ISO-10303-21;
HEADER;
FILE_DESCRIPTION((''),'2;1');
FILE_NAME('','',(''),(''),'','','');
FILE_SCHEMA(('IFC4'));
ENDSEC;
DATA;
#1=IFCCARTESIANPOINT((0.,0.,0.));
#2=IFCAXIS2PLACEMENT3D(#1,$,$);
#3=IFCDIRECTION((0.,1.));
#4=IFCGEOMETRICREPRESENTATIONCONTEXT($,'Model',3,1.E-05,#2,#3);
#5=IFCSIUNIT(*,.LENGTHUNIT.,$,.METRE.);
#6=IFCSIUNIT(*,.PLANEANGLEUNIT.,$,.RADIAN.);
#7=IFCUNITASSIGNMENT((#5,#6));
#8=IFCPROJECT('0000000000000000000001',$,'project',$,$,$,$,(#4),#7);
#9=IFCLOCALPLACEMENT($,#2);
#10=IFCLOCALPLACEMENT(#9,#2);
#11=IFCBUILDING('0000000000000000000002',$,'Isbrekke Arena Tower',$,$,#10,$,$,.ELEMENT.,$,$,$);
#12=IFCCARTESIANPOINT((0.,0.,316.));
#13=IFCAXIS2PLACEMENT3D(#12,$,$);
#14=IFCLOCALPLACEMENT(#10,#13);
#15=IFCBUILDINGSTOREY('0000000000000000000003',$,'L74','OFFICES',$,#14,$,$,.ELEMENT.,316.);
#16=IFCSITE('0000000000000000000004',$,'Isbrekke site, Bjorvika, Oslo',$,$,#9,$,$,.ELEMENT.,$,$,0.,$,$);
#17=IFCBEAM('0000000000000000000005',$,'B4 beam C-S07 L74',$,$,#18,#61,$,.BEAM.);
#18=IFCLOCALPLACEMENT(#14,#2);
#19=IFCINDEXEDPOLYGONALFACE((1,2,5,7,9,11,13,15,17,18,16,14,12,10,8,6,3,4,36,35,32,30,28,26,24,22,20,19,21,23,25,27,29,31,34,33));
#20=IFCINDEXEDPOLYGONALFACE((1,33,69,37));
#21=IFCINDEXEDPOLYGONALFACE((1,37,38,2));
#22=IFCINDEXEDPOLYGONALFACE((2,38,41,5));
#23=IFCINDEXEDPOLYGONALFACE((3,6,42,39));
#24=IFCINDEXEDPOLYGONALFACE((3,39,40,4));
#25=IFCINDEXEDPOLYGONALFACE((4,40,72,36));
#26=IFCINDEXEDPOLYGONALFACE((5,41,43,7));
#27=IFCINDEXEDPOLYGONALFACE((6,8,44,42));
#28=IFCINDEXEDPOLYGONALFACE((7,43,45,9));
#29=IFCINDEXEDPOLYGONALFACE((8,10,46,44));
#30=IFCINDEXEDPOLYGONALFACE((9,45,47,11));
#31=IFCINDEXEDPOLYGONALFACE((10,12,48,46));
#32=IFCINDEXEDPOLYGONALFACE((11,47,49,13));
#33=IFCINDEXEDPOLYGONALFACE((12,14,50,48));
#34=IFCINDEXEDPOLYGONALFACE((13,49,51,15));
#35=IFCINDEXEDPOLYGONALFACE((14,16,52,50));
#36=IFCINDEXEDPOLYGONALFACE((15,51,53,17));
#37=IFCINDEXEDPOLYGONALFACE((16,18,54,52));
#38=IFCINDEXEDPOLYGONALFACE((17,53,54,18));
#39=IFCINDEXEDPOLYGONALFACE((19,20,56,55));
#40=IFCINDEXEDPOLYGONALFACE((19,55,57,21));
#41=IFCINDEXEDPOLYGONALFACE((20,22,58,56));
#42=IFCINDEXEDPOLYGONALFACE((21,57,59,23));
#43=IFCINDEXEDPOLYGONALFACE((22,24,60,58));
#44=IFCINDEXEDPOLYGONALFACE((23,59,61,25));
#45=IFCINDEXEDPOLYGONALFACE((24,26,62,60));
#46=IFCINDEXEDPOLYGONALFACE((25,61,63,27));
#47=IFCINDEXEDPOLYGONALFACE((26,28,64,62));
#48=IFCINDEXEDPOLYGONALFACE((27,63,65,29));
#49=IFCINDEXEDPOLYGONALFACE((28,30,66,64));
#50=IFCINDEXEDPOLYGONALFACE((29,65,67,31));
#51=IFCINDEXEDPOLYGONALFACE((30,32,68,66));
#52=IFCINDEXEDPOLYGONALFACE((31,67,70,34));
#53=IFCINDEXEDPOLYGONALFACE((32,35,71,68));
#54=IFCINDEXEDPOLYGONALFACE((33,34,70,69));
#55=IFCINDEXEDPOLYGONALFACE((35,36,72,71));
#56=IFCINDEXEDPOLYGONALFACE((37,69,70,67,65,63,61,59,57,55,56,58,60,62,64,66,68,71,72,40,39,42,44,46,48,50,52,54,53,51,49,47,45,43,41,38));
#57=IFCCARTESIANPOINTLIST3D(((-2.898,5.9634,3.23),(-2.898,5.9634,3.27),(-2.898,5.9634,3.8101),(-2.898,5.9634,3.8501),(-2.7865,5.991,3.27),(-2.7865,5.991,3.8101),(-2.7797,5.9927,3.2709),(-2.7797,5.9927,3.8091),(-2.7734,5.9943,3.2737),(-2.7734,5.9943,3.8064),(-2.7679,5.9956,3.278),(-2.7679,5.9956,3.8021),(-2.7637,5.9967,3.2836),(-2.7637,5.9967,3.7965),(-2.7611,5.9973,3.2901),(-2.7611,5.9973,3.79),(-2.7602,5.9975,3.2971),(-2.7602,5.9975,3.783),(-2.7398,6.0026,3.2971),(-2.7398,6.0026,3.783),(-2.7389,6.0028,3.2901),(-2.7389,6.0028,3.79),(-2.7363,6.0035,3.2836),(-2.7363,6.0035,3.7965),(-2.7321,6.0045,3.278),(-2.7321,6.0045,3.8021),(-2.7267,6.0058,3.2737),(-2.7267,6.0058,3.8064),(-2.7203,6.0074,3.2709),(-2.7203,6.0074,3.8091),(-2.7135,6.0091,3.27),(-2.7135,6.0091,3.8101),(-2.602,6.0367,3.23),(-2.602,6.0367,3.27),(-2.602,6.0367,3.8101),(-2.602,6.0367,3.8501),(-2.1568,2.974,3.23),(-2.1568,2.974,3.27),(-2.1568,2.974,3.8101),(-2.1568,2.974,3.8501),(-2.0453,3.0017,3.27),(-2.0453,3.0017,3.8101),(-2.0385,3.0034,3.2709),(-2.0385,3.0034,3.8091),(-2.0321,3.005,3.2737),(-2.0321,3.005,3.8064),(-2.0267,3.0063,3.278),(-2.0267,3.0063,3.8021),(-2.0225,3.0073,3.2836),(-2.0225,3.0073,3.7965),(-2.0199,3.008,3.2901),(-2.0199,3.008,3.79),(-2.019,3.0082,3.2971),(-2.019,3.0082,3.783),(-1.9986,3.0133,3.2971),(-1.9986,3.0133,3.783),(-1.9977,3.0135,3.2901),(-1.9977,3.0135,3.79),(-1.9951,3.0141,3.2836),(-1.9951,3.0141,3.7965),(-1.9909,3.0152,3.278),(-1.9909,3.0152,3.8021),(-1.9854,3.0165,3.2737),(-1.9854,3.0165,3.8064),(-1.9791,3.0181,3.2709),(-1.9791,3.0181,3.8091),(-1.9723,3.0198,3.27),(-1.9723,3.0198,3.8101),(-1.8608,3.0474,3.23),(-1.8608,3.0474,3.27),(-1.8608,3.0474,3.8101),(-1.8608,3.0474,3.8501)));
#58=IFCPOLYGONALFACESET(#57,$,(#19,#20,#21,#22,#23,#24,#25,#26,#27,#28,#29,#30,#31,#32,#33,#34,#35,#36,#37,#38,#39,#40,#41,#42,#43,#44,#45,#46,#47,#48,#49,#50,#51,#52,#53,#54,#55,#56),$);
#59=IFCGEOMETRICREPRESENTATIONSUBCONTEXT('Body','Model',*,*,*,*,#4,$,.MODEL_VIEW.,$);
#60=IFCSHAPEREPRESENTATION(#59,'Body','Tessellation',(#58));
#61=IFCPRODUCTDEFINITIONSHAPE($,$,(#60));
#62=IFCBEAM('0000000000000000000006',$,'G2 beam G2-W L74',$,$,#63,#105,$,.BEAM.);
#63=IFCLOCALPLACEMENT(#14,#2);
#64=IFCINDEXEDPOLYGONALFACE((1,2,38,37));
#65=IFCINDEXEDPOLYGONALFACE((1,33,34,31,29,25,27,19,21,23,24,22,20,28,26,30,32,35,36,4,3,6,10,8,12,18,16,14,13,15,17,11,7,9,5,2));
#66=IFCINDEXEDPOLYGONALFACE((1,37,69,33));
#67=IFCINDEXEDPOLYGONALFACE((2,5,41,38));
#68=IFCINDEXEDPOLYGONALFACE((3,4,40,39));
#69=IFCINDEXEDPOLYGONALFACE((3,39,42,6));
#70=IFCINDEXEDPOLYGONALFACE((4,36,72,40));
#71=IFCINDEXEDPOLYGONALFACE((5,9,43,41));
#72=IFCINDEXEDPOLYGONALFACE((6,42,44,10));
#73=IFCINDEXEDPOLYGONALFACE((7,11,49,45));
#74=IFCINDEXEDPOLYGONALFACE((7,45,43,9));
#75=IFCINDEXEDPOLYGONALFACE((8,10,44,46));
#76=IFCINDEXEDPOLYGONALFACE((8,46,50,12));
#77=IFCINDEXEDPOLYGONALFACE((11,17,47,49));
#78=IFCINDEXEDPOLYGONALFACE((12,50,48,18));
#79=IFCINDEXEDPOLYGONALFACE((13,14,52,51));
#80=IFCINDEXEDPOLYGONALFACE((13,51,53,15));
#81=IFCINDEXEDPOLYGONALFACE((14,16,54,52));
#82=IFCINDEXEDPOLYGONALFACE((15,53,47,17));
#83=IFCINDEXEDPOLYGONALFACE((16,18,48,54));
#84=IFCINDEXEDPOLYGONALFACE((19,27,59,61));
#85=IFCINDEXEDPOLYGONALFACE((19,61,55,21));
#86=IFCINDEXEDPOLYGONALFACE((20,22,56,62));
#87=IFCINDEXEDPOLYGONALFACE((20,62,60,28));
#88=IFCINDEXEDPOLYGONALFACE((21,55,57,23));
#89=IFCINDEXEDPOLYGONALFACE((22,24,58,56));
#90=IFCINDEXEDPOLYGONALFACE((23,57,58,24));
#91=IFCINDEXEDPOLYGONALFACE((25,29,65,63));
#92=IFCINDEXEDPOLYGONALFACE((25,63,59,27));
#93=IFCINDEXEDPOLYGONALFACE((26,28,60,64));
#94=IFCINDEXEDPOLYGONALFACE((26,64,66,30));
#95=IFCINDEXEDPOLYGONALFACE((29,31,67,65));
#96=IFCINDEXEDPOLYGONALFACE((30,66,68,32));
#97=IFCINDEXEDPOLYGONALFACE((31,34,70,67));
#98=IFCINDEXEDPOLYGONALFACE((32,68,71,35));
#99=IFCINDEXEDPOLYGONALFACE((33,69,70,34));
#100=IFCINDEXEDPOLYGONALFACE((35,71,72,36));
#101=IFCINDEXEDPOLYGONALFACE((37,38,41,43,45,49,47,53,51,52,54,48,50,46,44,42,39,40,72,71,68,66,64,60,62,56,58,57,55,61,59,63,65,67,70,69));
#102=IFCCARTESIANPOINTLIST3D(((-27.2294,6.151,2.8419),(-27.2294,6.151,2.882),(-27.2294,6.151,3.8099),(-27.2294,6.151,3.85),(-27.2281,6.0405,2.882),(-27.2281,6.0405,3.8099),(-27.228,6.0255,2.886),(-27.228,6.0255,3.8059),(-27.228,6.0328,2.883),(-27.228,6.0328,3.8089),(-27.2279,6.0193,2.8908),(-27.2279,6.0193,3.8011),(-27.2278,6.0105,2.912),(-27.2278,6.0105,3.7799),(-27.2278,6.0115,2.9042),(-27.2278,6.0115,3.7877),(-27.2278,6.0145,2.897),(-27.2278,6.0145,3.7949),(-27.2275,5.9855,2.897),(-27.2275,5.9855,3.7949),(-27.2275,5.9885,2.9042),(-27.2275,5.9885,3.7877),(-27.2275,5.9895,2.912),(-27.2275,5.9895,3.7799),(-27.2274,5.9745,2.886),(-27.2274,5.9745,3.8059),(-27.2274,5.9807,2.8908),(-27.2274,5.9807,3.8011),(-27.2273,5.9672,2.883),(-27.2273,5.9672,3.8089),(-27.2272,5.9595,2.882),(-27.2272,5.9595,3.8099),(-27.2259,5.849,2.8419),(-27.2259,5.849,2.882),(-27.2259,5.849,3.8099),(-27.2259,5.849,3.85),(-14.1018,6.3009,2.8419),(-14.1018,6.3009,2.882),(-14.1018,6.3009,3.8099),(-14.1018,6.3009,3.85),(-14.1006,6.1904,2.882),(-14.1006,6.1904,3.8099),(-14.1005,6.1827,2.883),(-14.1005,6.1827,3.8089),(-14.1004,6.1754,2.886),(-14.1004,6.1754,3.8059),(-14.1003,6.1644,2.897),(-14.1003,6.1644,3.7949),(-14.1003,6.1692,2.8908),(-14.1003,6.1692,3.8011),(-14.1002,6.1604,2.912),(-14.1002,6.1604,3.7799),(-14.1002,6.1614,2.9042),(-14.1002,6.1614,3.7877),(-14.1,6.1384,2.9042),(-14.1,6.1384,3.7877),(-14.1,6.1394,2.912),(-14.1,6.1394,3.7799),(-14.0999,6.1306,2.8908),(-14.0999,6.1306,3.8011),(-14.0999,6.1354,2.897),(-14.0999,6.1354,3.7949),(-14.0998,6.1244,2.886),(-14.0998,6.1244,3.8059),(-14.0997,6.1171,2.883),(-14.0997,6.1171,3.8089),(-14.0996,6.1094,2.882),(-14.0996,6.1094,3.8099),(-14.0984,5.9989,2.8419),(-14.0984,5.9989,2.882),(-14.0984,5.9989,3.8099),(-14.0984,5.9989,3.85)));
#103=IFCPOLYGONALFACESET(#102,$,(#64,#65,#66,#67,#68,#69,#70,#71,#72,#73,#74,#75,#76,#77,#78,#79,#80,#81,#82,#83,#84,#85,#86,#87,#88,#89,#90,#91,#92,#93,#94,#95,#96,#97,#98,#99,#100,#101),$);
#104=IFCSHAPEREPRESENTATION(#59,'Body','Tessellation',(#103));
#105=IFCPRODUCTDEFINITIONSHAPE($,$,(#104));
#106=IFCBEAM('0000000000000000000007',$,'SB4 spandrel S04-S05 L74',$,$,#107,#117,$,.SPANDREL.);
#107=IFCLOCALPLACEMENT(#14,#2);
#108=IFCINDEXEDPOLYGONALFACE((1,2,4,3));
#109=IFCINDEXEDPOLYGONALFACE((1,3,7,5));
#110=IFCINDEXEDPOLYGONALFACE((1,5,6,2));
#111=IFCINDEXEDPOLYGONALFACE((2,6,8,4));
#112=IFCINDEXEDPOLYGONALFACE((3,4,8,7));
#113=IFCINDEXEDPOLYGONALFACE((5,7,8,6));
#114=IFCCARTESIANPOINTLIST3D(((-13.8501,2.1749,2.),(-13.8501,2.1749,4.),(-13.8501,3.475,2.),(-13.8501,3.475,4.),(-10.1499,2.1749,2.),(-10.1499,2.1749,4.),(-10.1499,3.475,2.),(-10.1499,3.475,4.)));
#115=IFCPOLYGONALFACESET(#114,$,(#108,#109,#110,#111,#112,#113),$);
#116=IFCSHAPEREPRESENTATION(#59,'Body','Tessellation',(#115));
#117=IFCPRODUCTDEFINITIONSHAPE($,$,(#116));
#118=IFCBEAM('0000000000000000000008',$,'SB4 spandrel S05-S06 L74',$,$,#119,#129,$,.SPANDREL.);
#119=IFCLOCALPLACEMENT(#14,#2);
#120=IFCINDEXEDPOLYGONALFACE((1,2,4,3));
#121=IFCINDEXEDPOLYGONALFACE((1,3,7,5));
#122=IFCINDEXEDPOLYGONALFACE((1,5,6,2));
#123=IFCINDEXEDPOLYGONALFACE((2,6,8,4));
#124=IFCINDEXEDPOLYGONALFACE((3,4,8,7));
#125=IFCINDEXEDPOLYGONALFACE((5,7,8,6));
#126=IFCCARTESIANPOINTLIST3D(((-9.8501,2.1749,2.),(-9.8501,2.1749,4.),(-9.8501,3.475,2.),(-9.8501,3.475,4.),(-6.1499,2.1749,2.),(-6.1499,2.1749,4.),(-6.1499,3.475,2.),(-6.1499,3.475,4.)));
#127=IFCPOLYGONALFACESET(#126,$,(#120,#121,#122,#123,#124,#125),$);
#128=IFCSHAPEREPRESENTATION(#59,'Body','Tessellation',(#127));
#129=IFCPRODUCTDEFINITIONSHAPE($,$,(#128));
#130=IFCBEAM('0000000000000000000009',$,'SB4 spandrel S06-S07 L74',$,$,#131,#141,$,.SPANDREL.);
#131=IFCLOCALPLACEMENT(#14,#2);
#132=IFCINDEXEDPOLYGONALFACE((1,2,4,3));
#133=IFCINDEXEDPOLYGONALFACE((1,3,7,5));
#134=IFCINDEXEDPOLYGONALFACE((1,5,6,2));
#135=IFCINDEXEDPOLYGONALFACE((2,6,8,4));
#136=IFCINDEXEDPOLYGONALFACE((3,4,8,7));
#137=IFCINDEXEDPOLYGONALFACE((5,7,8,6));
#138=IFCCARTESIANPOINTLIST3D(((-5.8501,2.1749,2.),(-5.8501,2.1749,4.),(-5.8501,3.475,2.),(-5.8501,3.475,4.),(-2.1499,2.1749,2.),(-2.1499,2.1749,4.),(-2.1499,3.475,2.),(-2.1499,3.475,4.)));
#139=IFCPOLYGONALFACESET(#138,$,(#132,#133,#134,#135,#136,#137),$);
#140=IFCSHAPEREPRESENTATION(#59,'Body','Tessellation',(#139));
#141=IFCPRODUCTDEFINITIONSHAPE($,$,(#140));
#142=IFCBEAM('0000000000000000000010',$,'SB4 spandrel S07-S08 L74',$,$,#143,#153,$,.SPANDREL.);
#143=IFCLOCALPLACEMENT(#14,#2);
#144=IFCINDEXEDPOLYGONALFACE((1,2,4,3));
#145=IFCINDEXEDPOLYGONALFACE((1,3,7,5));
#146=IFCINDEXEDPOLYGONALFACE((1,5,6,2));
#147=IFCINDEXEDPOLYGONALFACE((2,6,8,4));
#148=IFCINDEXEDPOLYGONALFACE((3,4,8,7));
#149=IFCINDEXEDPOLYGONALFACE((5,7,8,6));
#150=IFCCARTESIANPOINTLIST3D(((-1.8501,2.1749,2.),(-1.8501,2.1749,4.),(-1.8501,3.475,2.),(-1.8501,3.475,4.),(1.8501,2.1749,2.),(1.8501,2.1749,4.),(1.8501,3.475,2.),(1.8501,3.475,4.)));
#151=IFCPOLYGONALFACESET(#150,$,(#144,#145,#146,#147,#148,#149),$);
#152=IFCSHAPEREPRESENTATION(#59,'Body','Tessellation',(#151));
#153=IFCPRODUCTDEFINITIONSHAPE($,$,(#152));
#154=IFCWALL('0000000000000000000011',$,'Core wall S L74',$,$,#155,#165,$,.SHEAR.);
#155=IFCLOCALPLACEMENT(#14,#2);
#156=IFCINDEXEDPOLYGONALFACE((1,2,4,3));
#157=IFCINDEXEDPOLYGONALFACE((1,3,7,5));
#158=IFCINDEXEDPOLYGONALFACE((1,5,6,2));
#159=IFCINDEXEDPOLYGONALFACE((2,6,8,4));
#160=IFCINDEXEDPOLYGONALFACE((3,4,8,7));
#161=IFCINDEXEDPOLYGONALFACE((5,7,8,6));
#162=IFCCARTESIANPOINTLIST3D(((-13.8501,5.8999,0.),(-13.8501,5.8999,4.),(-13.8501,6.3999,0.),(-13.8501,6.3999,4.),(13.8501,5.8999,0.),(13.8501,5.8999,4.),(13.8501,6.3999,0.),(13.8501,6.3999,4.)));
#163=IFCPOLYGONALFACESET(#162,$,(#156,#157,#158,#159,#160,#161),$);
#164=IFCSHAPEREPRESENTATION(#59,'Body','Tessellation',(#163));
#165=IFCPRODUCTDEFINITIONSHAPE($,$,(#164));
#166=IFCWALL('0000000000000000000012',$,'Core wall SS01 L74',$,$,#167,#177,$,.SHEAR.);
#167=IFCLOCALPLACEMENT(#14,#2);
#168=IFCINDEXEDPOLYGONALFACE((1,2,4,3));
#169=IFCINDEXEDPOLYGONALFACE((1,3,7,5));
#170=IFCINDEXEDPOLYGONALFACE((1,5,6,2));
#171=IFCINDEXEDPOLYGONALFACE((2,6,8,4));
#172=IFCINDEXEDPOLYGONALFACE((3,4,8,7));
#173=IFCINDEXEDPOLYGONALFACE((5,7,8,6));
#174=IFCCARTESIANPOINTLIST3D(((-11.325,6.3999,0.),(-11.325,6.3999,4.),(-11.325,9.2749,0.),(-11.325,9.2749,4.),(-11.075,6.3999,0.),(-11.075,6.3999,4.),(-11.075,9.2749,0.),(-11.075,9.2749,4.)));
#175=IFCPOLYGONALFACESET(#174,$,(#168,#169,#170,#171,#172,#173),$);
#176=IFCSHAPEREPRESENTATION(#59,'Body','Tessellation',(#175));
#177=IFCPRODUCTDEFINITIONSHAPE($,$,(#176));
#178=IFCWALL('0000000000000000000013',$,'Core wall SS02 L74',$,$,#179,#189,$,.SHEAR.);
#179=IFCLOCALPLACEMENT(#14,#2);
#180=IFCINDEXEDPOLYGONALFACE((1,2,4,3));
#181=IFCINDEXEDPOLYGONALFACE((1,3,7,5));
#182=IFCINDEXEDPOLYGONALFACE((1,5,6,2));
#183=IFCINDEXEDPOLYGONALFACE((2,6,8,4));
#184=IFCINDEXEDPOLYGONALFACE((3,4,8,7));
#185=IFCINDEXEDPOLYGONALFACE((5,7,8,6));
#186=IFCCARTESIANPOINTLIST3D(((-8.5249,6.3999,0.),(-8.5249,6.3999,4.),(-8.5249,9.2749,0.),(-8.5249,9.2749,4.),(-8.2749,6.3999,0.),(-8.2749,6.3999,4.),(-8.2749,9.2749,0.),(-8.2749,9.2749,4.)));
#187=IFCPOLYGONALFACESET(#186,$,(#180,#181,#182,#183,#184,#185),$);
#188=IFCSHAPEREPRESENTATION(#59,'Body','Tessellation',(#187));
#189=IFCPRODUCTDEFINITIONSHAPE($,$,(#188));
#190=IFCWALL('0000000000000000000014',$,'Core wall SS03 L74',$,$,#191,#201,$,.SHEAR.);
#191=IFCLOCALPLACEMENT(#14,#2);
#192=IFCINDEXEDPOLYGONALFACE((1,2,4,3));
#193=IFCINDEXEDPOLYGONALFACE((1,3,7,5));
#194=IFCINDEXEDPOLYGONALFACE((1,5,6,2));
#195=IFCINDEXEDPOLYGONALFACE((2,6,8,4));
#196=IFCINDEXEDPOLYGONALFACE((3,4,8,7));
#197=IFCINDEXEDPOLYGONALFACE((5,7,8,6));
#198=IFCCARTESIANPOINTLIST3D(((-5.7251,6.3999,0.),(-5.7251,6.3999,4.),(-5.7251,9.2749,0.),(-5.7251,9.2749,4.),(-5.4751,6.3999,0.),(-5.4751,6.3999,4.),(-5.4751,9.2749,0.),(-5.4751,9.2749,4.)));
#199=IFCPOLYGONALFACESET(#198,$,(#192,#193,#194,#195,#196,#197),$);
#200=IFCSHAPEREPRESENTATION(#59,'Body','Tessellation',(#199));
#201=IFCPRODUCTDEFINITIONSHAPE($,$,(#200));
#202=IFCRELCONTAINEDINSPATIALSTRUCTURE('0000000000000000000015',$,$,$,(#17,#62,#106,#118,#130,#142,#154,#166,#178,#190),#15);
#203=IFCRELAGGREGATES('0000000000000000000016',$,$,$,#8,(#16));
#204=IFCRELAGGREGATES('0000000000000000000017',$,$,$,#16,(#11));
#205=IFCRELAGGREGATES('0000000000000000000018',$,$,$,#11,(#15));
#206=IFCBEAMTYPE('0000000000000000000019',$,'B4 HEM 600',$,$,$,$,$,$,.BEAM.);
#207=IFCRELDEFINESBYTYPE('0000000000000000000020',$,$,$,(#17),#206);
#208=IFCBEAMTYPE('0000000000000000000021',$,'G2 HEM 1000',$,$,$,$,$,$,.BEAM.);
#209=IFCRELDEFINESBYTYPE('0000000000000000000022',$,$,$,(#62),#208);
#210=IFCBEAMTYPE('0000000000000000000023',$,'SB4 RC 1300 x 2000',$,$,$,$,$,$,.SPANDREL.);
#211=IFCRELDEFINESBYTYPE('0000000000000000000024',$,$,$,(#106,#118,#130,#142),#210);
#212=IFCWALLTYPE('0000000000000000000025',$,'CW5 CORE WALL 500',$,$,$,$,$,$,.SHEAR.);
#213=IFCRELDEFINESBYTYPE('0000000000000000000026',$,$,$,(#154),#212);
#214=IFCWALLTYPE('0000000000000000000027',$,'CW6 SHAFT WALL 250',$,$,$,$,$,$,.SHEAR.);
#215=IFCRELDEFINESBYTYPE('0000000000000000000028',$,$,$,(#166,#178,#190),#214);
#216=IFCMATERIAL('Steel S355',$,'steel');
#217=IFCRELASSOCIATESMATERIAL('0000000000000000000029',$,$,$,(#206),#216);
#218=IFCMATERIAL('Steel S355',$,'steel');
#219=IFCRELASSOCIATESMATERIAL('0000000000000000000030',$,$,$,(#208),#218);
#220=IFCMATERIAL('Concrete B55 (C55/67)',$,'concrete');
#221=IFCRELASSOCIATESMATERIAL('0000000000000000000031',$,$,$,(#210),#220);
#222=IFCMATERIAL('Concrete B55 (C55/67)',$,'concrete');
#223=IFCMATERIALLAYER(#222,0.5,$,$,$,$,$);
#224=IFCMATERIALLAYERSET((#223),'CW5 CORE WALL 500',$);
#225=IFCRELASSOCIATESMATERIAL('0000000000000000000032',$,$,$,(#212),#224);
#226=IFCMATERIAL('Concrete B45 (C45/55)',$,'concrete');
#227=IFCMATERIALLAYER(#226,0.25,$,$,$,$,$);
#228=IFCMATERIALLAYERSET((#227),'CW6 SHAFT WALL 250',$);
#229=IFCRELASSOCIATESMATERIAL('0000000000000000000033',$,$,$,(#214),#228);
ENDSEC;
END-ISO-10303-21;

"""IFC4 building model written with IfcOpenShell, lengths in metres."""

from ifc_helpers import new_model, si_unit, direction, frame, frame_2d, origin, origin_2d, place, context, subcontext, project, spatial, rectangle, i_section, extrude, material, layer, layer_set, material_profile, profile_set, type_object, element, save


model = new_model("IFC4")

# Units and contexts
model_context = context("Model", 3, precision=1e-05, world=origin(), true_north=direction((0.0, 1.0)))
body_context = subcontext(model_context, "Body", "Model", "MODEL_VIEW")
ifc_project = project(units=[si_unit("LENGTHUNIT", "METRE"), si_unit("PLANEANGLEUNIT", "RADIAN")], contexts=[model_context])

# Site, building, storey
site_placement = place(None, origin())
site = spatial("IfcSite", under=ifc_project, at=site_placement, Name="Isbrekke site, Bjorvika, Oslo", CompositionType="ELEMENT", RefElevation=0.0)
building_placement = place(site_placement, origin())
building = spatial("IfcBuilding", under=site, at=building_placement, Name="Isbrekke Arena Tower", CompositionType="ELEMENT")
storey_placement = place(building_placement, frame((0.0, 0.0, 316.0)))
storey = spatial("IfcBuildingStorey", under=building, at=storey_placement, Name="L74", Description="OFFICES", CompositionType="ELEMENT", Elevation=316.0)

# Beams
ifc_material_1 = material(Name="Steel S355", Category="steel")
ifc_material_profile_1 = material_profile(ifc_material_1, i_section(OverallWidth=0.3049, OverallDepth=0.6201, WebThickness=0.021, FlangeThickness=0.04, FilletRadius=0.0271, at=origin_2d()), Name="HEM 600")
ifc_profile_set_1 = profile_set([ifc_material_profile_1], Name="Steel S355")
beam_type_1 = type_object("IfcBeamType", Name="B4 HEM 600", PredefinedType="BEAM", material=ifc_profile_set_1)
beam_1_placement = place(storey_placement, frame((-2.0088, 3.0107, 3.54), z_axis=(-0.24067, 0.970607, 0.0), x_axis=(-0.970607, -0.24067, 0.0)))
element("IfcBeam", 1, at=beam_1_placement, inside=storey, type_object=beam_type_1, Name="B4 beam C-S07 L74", PredefinedType="BEAM", context=body_context, shape_type="SweptSolid", body=[
    extrude(i_section(OverallWidth=0.3049, OverallDepth=0.6201, WebThickness=0.021, FlangeThickness=0.04, FilletRadius=0.0271, at=origin_2d()), origin(), (0.0, 0.0, 1.0), 3.0798),
])
ifc_material_2 = material(Name="Steel S355", Category="steel")
ifc_material_profile_2 = material_profile(ifc_material_2, i_section(OverallWidth=0.302, OverallDepth=1.0081, WebThickness=0.021, FlangeThickness=0.04, FilletRadius=0.03, at=origin_2d()), Name="HEM 1000")
ifc_profile_set_2 = profile_set([ifc_material_profile_2], Name="Steel S355")
beam_type_2 = type_object("IfcBeamType", Name="G2 HEM 1000", PredefinedType="BEAM", material=ifc_profile_set_2)
beam_2_placement = place(storey_placement, frame((-14.1001, 6.1499, 3.3459), z_axis=(-0.999935, -0.011418, 0.0), x_axis=(0.011418, -0.999935, 0.0)))
element("IfcBeam", 2, at=beam_2_placement, inside=storey, type_object=beam_type_2, Name="G2 beam G2-W L74", PredefinedType="BEAM", context=body_context, shape_type="SweptSolid", body=[
    extrude(i_section(OverallWidth=0.302, OverallDepth=1.0081, WebThickness=0.021, FlangeThickness=0.04, FilletRadius=0.03, at=origin_2d()), origin(), (0.0, 0.0, 1.0), 13.1284),
])
ifc_material_3 = material(Name="Concrete B55 (C55/67)", Category="concrete")
ifc_material_profile_3 = material_profile(ifc_material_3, rectangle(XDim=1.3, YDim=2.0, at=origin_2d()), Name="RC 1300x2000")
ifc_profile_set_3 = profile_set([ifc_material_profile_3], Name="Concrete B55 (C55/67)")
beam_type_3 = type_object("IfcBeamType", Name="SB4 RC 1300 x 2000", PredefinedType="SPANDREL", material=ifc_profile_set_3)
for number, where, z_axis, x_axis, name in (
    (3, (-13.8501, 2.825, 3.0), (1.0, 0.0, 0.0), (0.0, 1.0, 0.0), "SB4 spandrel S04-S05 L74"),
    (4, (-9.8501, 2.825, 3.0), (1.0, 0.0, 0.0), (0.0, 1.0, 0.0), "SB4 spandrel S05-S06 L74"),
    (5, (-5.8501, 2.825, 3.0), (1.0, 0.0, 0.0), (0.0, 1.0, 0.0), "SB4 spandrel S06-S07 L74"),
    (6, (-1.8501, 2.825, 3.0), (1.0, 0.0, 0.0), (0.0, 1.0, 0.0), "SB4 spandrel S07-S08 L74"),
):
    element("IfcBeam", number, at=place(storey_placement, frame(where, z_axis=z_axis, x_axis=x_axis)), inside=storey, type_object=beam_type_3, Name=name, PredefinedType="SPANDREL", context=body_context, shape_type="SweptSolid", body=[
        extrude(rectangle(XDim=1.3, YDim=2.0, at=origin_2d()), origin(), (0.0, 0.0, 1.0), 3.7002),
    ])

# Walls
ifc_material_4 = material(Name="Concrete B55 (C55/67)", Category="concrete")
ifc_layer_1 = layer(ifc_material_4, 0.5)
ifc_layer_set_1 = layer_set([ifc_layer_1], Name="CW5 CORE WALL 500")
wall_type_1 = type_object("IfcWallType", Name="CW5 CORE WALL 500", PredefinedType="SHEAR", material=ifc_layer_set_1)
wall_1_placement = place(storey_placement, frame((-13.8501, 6.1499, 0.0), z_axis=(0.0, 0.0, 1.0), x_axis=(1.0, 0.0, 0.0)))
element("IfcWall", 7, at=wall_1_placement, inside=storey, type_object=wall_type_1, Name="Core wall S L74", PredefinedType="SHEAR", context=body_context, shape_type="SweptSolid", body=[
    extrude(rectangle(XDim=27.7002, YDim=0.5, at=frame_2d((13.8501, 0.0))), origin(), (0.0, 0.0, 1.0), 4.0),
])
ifc_material_5 = material(Name="Concrete B45 (C45/55)", Category="concrete")
ifc_layer_2 = layer(ifc_material_5, 0.25)
ifc_layer_set_2 = layer_set([ifc_layer_2], Name="CW6 SHAFT WALL 250")
wall_type_2 = type_object("IfcWallType", Name="CW6 SHAFT WALL 250", PredefinedType="SHEAR", material=ifc_layer_set_2)
for number, where, z_axis, x_axis, name in (
    (8, (-11.2, 6.3999, 0.0), (0.0, 0.0, 1.0), (0.0, 1.0, 0.0), "Core wall SS01 L74"),
    (9, (-8.3999, 6.3999, 0.0), (0.0, 0.0, 1.0), (0.0, 1.0, 0.0), "Core wall SS02 L74"),
    (10, (-5.6001, 6.3999, 0.0), (0.0, 0.0, 1.0), (0.0, 1.0, 0.0), "Core wall SS03 L74"),
):
    element("IfcWall", number, at=place(storey_placement, frame(where, z_axis=z_axis, x_axis=x_axis)), inside=storey, type_object=wall_type_2, Name=name, PredefinedType="SHEAR", context=body_context, shape_type="SweptSolid", body=[
        extrude(rectangle(XDim=2.875, YDim=0.25, at=frame_2d((1.4375, 0.0))), origin(), (0.0, 0.0, 1.0), 4.0),
    ])

save(model, "model.ifc")
